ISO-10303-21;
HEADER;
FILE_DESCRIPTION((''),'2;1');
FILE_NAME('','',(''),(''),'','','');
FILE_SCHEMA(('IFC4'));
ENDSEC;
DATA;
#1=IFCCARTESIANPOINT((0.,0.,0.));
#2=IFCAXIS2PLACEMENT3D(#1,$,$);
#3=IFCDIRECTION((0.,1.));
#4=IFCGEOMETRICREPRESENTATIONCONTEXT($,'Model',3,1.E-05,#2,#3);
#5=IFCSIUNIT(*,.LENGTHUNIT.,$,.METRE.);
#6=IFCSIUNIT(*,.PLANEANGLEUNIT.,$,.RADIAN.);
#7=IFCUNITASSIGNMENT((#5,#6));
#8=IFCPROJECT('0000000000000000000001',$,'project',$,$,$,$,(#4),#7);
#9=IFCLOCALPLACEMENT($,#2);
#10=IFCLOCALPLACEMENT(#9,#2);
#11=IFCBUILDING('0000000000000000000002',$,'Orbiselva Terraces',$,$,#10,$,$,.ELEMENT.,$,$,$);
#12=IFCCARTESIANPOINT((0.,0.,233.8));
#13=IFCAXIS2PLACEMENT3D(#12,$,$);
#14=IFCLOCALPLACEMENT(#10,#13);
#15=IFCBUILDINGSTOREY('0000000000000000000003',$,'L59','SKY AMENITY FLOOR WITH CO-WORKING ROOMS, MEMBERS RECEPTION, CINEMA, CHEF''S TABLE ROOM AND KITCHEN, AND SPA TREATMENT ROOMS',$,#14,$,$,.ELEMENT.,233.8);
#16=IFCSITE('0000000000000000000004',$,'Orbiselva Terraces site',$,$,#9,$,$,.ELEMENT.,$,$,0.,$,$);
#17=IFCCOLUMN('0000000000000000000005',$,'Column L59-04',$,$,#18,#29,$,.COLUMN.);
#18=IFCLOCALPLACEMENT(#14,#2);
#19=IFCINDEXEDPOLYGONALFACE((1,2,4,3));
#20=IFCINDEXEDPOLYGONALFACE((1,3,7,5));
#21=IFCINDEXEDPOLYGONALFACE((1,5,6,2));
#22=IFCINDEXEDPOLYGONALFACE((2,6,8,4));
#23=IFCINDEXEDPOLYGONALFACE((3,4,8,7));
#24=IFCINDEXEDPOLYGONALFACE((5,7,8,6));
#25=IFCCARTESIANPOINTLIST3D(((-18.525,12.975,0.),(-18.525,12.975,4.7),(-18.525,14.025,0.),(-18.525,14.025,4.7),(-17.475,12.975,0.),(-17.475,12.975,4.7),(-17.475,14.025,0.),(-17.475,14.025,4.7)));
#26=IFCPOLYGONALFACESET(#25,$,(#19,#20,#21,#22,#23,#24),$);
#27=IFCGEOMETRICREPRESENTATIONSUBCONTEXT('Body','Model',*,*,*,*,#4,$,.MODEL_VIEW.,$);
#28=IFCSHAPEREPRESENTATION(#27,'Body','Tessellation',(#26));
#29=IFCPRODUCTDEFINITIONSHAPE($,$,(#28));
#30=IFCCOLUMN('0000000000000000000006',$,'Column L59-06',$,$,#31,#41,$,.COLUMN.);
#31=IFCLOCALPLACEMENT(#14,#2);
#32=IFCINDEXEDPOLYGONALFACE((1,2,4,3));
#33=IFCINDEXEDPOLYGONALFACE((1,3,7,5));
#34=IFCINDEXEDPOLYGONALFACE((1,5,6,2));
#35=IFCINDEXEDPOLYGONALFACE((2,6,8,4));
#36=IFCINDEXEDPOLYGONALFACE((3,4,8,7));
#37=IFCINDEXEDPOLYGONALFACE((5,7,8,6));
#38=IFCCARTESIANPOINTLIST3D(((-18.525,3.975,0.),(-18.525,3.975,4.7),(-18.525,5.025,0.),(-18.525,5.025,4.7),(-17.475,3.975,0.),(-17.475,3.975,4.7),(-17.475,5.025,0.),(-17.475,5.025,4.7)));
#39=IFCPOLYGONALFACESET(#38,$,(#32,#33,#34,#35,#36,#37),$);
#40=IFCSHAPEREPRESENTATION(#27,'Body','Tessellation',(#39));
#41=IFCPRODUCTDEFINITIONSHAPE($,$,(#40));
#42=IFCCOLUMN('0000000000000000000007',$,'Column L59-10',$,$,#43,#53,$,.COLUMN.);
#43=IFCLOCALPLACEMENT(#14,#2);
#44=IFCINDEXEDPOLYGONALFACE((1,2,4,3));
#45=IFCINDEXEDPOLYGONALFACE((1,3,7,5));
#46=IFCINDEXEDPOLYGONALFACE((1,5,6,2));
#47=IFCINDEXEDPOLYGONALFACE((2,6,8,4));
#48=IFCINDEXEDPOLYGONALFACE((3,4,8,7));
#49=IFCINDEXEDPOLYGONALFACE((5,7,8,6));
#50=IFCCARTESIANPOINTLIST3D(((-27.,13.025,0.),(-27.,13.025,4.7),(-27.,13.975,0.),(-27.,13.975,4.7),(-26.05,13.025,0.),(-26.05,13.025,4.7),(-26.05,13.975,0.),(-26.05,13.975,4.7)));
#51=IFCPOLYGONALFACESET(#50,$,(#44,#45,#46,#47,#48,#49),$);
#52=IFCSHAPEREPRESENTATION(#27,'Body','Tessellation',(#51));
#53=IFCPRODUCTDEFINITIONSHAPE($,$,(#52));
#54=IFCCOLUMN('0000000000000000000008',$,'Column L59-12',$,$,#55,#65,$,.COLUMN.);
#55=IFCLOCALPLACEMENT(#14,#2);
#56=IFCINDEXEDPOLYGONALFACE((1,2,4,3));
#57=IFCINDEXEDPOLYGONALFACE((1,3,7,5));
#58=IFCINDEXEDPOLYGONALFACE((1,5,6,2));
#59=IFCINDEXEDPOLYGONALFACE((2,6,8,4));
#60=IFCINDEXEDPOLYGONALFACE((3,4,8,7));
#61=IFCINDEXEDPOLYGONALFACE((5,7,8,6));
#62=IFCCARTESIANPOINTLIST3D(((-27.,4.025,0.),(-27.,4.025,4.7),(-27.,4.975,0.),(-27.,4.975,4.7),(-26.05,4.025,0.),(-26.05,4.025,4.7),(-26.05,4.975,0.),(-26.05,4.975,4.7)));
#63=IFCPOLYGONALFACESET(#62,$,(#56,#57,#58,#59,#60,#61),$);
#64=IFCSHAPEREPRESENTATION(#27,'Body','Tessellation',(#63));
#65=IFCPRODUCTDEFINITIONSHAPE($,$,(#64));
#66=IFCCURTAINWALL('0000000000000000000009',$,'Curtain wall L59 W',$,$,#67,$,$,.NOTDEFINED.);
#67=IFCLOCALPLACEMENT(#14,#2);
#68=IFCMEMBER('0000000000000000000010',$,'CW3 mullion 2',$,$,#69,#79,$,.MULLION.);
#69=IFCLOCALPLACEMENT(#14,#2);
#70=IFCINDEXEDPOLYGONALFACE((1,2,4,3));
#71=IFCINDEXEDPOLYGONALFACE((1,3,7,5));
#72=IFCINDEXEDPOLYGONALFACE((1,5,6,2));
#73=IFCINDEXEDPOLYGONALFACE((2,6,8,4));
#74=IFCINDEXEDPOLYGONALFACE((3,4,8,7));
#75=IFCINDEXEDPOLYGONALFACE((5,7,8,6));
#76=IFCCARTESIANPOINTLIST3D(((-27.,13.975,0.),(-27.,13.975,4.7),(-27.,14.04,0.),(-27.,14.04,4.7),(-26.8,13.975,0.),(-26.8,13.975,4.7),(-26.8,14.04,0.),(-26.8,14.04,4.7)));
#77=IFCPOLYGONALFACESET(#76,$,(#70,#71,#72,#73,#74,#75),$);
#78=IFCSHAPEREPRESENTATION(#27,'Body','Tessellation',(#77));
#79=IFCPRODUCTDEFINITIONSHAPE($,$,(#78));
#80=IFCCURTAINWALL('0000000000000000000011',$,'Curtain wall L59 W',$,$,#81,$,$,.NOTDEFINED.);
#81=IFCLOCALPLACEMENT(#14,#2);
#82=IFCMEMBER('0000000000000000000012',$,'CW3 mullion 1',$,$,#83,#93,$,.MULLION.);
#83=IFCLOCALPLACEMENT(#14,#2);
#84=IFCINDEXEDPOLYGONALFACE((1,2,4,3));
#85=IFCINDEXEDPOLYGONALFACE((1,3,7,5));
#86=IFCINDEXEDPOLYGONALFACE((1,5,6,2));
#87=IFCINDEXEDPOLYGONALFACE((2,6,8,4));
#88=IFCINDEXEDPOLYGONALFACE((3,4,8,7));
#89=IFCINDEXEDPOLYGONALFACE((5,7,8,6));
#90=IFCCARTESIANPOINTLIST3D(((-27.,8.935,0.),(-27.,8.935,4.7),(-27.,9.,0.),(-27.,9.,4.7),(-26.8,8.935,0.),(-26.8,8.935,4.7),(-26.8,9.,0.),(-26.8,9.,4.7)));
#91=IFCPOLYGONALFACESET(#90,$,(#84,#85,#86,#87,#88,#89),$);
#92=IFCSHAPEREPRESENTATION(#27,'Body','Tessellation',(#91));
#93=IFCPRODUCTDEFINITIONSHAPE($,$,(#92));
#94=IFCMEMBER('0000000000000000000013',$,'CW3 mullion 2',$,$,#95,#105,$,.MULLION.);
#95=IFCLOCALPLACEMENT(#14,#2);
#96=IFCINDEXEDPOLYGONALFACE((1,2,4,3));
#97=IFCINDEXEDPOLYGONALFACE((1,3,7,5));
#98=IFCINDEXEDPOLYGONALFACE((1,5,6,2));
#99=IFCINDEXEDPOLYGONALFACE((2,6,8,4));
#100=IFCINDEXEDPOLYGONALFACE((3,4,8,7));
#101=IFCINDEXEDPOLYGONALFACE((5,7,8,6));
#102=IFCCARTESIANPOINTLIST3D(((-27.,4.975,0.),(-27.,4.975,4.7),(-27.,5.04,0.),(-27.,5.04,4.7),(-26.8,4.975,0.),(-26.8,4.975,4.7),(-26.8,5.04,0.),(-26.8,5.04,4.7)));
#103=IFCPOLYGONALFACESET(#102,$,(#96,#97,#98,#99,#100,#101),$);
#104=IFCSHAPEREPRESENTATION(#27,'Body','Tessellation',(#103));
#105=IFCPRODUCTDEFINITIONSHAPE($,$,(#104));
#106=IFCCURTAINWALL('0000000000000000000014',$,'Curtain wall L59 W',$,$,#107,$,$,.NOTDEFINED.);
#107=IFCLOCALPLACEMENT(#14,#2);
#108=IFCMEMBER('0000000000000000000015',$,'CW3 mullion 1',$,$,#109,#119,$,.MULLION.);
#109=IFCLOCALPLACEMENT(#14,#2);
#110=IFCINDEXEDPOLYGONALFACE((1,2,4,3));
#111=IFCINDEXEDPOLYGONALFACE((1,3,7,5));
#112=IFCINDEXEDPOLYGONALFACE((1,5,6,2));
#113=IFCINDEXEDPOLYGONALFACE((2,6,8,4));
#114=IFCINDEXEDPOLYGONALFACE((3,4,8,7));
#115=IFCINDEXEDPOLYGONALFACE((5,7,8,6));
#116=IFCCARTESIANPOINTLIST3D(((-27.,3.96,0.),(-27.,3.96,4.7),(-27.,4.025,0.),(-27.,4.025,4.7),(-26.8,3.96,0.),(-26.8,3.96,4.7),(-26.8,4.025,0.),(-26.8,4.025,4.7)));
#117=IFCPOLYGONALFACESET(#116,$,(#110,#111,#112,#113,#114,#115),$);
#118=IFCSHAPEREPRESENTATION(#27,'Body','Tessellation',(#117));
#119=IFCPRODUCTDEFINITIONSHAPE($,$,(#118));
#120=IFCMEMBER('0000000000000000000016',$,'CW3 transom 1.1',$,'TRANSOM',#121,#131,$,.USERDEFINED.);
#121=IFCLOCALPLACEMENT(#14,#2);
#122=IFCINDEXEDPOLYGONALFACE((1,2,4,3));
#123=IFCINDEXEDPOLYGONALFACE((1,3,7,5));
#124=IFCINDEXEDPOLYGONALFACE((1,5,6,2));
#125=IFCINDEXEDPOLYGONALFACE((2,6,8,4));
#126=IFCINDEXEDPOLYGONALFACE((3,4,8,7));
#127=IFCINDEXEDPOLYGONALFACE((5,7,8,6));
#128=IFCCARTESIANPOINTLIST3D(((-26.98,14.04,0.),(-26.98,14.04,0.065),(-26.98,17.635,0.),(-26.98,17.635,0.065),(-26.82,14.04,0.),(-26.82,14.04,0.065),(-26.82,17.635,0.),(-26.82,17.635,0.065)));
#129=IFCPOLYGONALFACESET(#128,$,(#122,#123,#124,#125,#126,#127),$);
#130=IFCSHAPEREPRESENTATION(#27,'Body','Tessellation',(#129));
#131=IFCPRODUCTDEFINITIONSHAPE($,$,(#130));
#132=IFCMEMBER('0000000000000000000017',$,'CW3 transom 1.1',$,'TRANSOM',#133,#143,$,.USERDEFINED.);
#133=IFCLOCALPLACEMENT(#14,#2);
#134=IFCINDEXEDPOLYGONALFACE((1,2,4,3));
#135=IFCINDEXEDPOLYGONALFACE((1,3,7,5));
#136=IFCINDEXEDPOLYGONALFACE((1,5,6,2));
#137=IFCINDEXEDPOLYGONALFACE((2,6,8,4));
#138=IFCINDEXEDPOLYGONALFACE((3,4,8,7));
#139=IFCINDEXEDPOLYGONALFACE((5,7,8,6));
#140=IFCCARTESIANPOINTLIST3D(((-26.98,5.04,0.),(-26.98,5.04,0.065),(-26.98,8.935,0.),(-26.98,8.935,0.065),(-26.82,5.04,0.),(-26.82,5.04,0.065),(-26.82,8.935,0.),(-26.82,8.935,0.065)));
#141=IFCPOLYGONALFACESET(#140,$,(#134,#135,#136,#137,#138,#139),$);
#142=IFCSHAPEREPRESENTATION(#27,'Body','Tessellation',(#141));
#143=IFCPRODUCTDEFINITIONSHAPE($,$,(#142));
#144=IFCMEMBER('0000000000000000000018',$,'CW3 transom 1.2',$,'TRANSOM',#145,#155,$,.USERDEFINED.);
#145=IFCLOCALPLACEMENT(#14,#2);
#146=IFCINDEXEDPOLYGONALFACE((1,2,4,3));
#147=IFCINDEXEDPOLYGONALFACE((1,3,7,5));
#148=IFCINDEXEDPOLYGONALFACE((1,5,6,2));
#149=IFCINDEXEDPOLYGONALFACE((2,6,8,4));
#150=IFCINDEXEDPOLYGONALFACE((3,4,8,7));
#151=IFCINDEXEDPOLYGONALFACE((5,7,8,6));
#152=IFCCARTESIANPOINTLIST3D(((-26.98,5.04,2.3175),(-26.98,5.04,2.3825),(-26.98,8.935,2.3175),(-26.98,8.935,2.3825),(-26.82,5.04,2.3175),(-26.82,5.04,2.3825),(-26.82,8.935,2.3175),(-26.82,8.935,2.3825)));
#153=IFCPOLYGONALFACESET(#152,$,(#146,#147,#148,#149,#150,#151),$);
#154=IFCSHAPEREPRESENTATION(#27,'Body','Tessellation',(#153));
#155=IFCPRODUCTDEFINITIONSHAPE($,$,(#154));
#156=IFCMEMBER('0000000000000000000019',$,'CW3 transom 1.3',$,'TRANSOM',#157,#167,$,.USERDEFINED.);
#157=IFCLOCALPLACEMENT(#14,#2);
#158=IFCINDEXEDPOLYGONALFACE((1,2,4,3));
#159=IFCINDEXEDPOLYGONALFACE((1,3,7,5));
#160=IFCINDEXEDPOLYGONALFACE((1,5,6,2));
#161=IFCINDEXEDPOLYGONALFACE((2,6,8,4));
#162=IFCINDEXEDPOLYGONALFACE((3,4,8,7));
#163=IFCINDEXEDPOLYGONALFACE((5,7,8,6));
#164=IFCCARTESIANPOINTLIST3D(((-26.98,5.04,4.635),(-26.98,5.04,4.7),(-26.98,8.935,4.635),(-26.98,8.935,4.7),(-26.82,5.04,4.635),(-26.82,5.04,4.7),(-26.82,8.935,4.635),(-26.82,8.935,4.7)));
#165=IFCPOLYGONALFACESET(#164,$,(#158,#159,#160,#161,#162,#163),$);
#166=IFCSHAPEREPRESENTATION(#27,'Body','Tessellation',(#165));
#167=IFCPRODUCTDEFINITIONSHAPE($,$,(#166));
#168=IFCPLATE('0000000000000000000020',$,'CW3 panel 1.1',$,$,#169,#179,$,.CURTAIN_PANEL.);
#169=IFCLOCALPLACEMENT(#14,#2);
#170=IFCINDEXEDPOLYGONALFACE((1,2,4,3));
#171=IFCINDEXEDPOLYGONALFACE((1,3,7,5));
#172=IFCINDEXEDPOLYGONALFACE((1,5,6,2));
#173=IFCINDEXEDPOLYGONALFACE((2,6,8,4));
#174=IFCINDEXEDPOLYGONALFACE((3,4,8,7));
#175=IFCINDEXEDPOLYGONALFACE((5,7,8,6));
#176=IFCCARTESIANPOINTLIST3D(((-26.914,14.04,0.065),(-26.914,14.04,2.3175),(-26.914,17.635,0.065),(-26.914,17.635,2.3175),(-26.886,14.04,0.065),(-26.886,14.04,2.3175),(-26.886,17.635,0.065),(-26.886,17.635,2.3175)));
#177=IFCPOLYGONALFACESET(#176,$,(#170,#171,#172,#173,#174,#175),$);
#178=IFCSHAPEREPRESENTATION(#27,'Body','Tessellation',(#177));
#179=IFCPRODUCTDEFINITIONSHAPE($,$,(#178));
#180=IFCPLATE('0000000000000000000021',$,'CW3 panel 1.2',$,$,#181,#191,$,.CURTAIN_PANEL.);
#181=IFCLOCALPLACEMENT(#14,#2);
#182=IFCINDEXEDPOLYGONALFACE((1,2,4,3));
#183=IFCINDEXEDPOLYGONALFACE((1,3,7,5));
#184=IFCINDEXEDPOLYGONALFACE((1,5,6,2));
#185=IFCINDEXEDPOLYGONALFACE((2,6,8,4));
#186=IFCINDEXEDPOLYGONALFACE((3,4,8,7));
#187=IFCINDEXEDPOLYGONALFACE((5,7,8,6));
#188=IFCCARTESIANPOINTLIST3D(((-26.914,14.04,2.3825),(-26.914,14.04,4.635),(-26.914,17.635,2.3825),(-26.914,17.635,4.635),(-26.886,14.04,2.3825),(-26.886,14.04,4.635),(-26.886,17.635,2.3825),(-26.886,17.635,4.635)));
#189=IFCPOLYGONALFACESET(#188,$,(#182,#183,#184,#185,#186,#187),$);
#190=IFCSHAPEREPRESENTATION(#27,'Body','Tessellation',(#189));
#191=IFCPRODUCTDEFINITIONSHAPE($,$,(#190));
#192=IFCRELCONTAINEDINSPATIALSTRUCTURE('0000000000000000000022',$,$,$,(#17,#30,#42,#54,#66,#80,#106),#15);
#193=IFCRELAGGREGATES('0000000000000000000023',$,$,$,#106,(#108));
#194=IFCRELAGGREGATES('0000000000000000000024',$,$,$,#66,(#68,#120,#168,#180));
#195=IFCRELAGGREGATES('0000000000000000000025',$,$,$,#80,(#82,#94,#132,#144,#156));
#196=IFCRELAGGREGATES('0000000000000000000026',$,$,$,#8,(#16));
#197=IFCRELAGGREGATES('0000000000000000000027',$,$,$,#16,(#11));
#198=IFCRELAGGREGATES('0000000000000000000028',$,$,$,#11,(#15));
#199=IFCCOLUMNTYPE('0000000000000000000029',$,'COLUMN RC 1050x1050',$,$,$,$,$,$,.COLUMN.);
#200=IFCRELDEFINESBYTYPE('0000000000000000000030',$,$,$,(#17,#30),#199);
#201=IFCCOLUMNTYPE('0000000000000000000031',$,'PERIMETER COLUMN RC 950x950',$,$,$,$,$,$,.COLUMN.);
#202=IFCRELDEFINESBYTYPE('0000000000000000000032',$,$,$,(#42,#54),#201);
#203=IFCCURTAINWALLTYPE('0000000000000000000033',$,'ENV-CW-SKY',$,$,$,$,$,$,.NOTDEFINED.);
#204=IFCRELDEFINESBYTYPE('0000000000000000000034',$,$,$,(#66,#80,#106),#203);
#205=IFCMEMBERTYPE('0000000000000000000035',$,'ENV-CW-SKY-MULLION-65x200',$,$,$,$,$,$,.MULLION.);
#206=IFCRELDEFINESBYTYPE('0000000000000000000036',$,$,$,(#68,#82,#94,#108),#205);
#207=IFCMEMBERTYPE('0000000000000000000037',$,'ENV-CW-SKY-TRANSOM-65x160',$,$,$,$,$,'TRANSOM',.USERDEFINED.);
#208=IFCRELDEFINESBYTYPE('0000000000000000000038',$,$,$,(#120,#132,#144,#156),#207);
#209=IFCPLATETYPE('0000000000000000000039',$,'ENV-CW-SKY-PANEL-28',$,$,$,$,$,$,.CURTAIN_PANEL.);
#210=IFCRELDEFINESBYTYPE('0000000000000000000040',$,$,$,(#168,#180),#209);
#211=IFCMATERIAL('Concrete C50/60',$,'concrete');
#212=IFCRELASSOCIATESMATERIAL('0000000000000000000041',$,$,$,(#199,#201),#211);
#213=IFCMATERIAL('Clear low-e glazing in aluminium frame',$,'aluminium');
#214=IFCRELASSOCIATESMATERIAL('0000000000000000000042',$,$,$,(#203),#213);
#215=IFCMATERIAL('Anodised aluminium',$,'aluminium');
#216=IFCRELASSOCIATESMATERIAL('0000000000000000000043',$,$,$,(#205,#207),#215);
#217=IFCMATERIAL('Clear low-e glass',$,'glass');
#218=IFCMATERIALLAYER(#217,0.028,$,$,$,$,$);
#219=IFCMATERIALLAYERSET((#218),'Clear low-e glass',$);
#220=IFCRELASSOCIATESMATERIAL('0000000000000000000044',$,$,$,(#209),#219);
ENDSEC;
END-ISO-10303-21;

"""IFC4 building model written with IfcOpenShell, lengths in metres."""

from ifc_helpers import new_model, si_unit, direction, frame, origin, origin_2d, place, context, subcontext, project, spatial, rectangle, extrude, material, layer, layer_set, material_profile, profile_set, type_object, element, aggregate, save


model = new_model("IFC4")

# Units and contexts
model_context = context("Model", 3, precision=1e-05, world=origin(), true_north=direction((0.0, 1.0)))
body_context = subcontext(model_context, "Body", "Model", "MODEL_VIEW")
ifc_project = project(units=[si_unit("LENGTHUNIT", "METRE"), si_unit("PLANEANGLEUNIT", "RADIAN")], contexts=[model_context])

# Site, building, storey
site_placement = place(None, origin())
site = spatial("IfcSite", under=ifc_project, at=site_placement, Name="Orbiselva Terraces site", CompositionType="ELEMENT", RefElevation=0.0)
building_placement = place(site_placement, origin())
building = spatial("IfcBuilding", under=site, at=building_placement, Name="Orbiselva Terraces", CompositionType="ELEMENT")
storey_placement = place(building_placement, frame((0.0, 0.0, 233.8)))
storey = spatial("IfcBuildingStorey", under=building, at=storey_placement, Name="L59", Description="SKY AMENITY FLOOR WITH CO-WORKING ROOMS, MEMBERS RECEPTION, CINEMA, CHEF'S TABLE ROOM AND KITCHEN, AND SPA TREATMENT ROOMS", CompositionType="ELEMENT", Elevation=233.8)

# Columns
ifc_material_1 = material(Name="Concrete C50/60", Category="concrete")
ifc_material_profile_1 = material_profile(ifc_material_1, rectangle(XDim=1.05, YDim=1.05, at=origin_2d()), Name="RC 1050x1050")
ifc_profile_set_1 = profile_set([ifc_material_profile_1], Name="Concrete C50/60")
column_type_1 = type_object("IfcColumnType", Name="COLUMN RC 1050x1050", PredefinedType="COLUMN", material=ifc_profile_set_1)
for number, where, z_axis, x_axis, name in (
    (1, (-18.0, 13.5, 0.0), (0.0, 0.0, 1.0), (1.0, 0.0, 0.0), "Column L59-04"),
    (2, (-18.0, 4.5, 0.0), (0.0, 0.0, 1.0), (1.0, 0.0, 0.0), "Column L59-06"),
):
    element("IfcColumn", number, at=place(storey_placement, frame(where, z_axis=z_axis, x_axis=x_axis)), inside=storey, type_object=column_type_1, Name=name, PredefinedType="COLUMN", context=body_context, shape_type="SweptSolid", body=[
        extrude(rectangle(XDim=1.05, YDim=1.05, at=origin_2d()), origin(), (0.0, 0.0, 1.0), 4.7),
    ])
ifc_material_profile_2 = material_profile(ifc_material_1, rectangle(XDim=0.95, YDim=0.95, at=origin_2d()), Name="RC 950x950")
ifc_profile_set_2 = profile_set([ifc_material_profile_2], Name="Concrete C50/60")
column_type_2 = type_object("IfcColumnType", Name="PERIMETER COLUMN RC 950x950", PredefinedType="COLUMN", material=ifc_profile_set_2)
for number, where, z_axis, x_axis, name in (
    (3, (-26.525, 13.5, 0.0), (0.0, 0.0, 1.0), (1.0, 0.0, 0.0), "Column L59-10"),
    (4, (-26.525, 4.5, 0.0), (0.0, 0.0, 1.0), (1.0, 0.0, 0.0), "Column L59-12"),
):
    element("IfcColumn", number, at=place(storey_placement, frame(where, z_axis=z_axis, x_axis=x_axis)), inside=storey, type_object=column_type_2, Name=name, PredefinedType="COLUMN", context=body_context, shape_type="SweptSolid", body=[
        extrude(rectangle(XDim=0.95, YDim=0.95, at=origin_2d()), origin(), (0.0, 0.0, 1.0), 4.7),
    ])

# Curtain wall, member
ifc_material_2 = material(Name="Clear low-e glazing in aluminium frame", Category="aluminium")
curtain_wall_type = type_object("IfcCurtainWallType", Name="ENV-CW-SKY", PredefinedType="NOTDEFINED", material=ifc_material_2)
curtain_wall_1_placement = place(storey_placement, origin())
curtain_wall_1 = element("IfcCurtainWall", 5, at=curtain_wall_1_placement, inside=storey, type_object=curtain_wall_type, Name="Curtain wall L59 W", PredefinedType="NOTDEFINED")
ifc_material_3 = material(Name="Anodised aluminium", Category="aluminium")
ifc_material_profile_3 = material_profile(ifc_material_3, rectangle(XDim=0.2, YDim=0.065, at=origin_2d()), Name="AL 65x200")
ifc_profile_set_3 = profile_set([ifc_material_profile_3], Name="Anodised aluminium")
member_type_1 = type_object("IfcMemberType", Name="ENV-CW-SKY-MULLION-65x200", PredefinedType="MULLION", material=ifc_profile_set_3)
member_1_placement = place(storey_placement, frame((-26.9, 14.0075, 0.0), z_axis=(0.0, 0.0, 1.0), x_axis=(1.0, 0.0, 0.0)))
member_1 = element("IfcMember", 6, at=member_1_placement, type_object=member_type_1, Name="CW3 mullion 2", PredefinedType="MULLION", context=body_context, shape_type="SweptSolid", body=[
    extrude(rectangle(XDim=0.2, YDim=0.065, at=origin_2d()), origin(), (0.0, 0.0, 1.0), 4.7),
])

# Curtain wall, members
curtain_wall_2_placement = place(storey_placement, origin())
curtain_wall_2 = element("IfcCurtainWall", 7, at=curtain_wall_2_placement, inside=storey, type_object=curtain_wall_type, Name="Curtain wall L59 W", PredefinedType="NOTDEFINED")
member_2_placement = place(storey_placement, frame((-26.9, 8.9675, 0.0), z_axis=(0.0, 0.0, 1.0), x_axis=(1.0, 0.0, 0.0)))
member_2 = element("IfcMember", 8, at=member_2_placement, type_object=member_type_1, Name="CW3 mullion 1", PredefinedType="MULLION", context=body_context, shape_type="SweptSolid", body=[
    extrude(rectangle(XDim=0.2, YDim=0.065, at=origin_2d()), origin(), (0.0, 0.0, 1.0), 4.7),
])
member_3_placement = place(storey_placement, frame((-26.9, 5.0075, 0.0), z_axis=(0.0, 0.0, 1.0), x_axis=(1.0, 0.0, 0.0)))
member_3 = element("IfcMember", 9, at=member_3_placement, type_object=member_type_1, Name="CW3 mullion 2", PredefinedType="MULLION", context=body_context, shape_type="SweptSolid", body=[
    extrude(rectangle(XDim=0.2, YDim=0.065, at=origin_2d()), origin(), (0.0, 0.0, 1.0), 4.7),
])

# Curtain wall, member
curtain_wall_3_placement = place(storey_placement, origin())
curtain_wall_3 = element("IfcCurtainWall", 10, at=curtain_wall_3_placement, inside=storey, type_object=curtain_wall_type, Name="Curtain wall L59 W", PredefinedType="NOTDEFINED")
member_4_placement = place(storey_placement, frame((-26.9, 3.9925, 0.0), z_axis=(0.0, 0.0, 1.0), x_axis=(1.0, 0.0, 0.0)))
member_4 = element("IfcMember", 11, at=member_4_placement, type_object=member_type_1, Name="CW3 mullion 1", PredefinedType="MULLION", context=body_context, shape_type="SweptSolid", body=[
    extrude(rectangle(XDim=0.2, YDim=0.065, at=origin_2d()), origin(), (0.0, 0.0, 1.0), 4.7),
])
aggregate(curtain_wall_3, [member_4])

# Members
ifc_material_profile_4 = material_profile(ifc_material_3, rectangle(XDim=0.16, YDim=0.065, at=origin_2d()), Name="AL 65x160")
ifc_profile_set_4 = profile_set([ifc_material_profile_4], Name="Anodised aluminium")
member_type_2 = type_object("IfcMemberType", Name="ENV-CW-SKY-TRANSOM-65x160", ElementType="TRANSOM", PredefinedType="USERDEFINED", material=ifc_profile_set_4)
member_5_placement = place(storey_placement, frame((-26.9, 17.635, 0.0325), z_axis=(0.0, -1.0, 0.0), x_axis=(1.0, 0.0, 0.0)))
member_5 = element("IfcMember", 12, at=member_5_placement, type_object=member_type_2, Name="CW3 transom 1.1", ObjectType="TRANSOM", PredefinedType="USERDEFINED", context=body_context, shape_type="SweptSolid", body=[
    extrude(rectangle(XDim=0.16, YDim=0.065, at=origin_2d()), origin(), (0.0, 0.0, 1.0), 3.595),
])
member_6_placement = place(storey_placement, frame((-26.9, 8.935, 0.0325), z_axis=(0.0, -1.0, 0.0), x_axis=(1.0, 0.0, 0.0)))
member_6 = element("IfcMember", 13, at=member_6_placement, type_object=member_type_2, Name="CW3 transom 1.1", ObjectType="TRANSOM", PredefinedType="USERDEFINED", context=body_context, shape_type="SweptSolid", body=[
    extrude(rectangle(XDim=0.16, YDim=0.065, at=origin_2d()), origin(), (0.0, 0.0, 1.0), 3.895),
])
member_7_placement = place(storey_placement, frame((-26.9, 8.935, 2.35), z_axis=(0.0, -1.0, 0.0), x_axis=(1.0, 0.0, 0.0)))
member_7 = element("IfcMember", 14, at=member_7_placement, type_object=member_type_2, Name="CW3 transom 1.2", ObjectType="TRANSOM", PredefinedType="USERDEFINED", context=body_context, shape_type="SweptSolid", body=[
    extrude(rectangle(XDim=0.16, YDim=0.065, at=origin_2d()), origin(), (0.0, 0.0, 1.0), 3.895),
])
member_8_placement = place(storey_placement, frame((-26.9, 8.935, 4.6675), z_axis=(0.0, -1.0, 0.0), x_axis=(1.0, 0.0, 0.0)))
member_8 = element("IfcMember", 15, at=member_8_placement, type_object=member_type_2, Name="CW3 transom 1.3", ObjectType="TRANSOM", PredefinedType="USERDEFINED", context=body_context, shape_type="SweptSolid", body=[
    extrude(rectangle(XDim=0.16, YDim=0.065, at=origin_2d()), origin(), (0.0, 0.0, 1.0), 3.895),
])

# Plates
ifc_material_4 = material(Name="Clear low-e glass", Category="glass")
ifc_layer_1 = layer(ifc_material_4, 0.028)
ifc_layer_set_1 = layer_set([ifc_layer_1], Name="Clear low-e glass")
plate_type = type_object("IfcPlateType", Name="ENV-CW-SKY-PANEL-28", PredefinedType="CURTAIN_PANEL", material=ifc_layer_set_1)
plate_1_placement = place(storey_placement, frame((-26.9, 15.8375, 0.065), z_axis=(0.0, 0.0, 1.0), x_axis=(0.0, -1.0, 0.0)))
plate_1 = element("IfcPlate", 16, at=plate_1_placement, type_object=plate_type, Name="CW3 panel 1.1", PredefinedType="CURTAIN_PANEL", context=body_context, shape_type="SweptSolid", body=[
    extrude(rectangle(XDim=3.595, YDim=0.028, at=origin_2d()), origin(), (0.0, 0.0, 1.0), 2.2525),
])
plate_2_placement = place(storey_placement, frame((-26.9, 15.8375, 2.3825), z_axis=(0.0, 0.0, 1.0), x_axis=(0.0, -1.0, 0.0)))
plate_2 = element("IfcPlate", 17, at=plate_2_placement, type_object=plate_type, Name="CW3 panel 1.2", PredefinedType="CURTAIN_PANEL", context=body_context, shape_type="SweptSolid", body=[
    extrude(rectangle(XDim=3.595, YDim=0.028, at=origin_2d()), origin(), (0.0, 0.0, 1.0), 2.2525),
])
aggregate(curtain_wall_1, [member_1, member_5, plate_1, plate_2])
aggregate(curtain_wall_2, [member_2, member_3, member_6, member_7, member_8])

save(model, "model.ifc")
